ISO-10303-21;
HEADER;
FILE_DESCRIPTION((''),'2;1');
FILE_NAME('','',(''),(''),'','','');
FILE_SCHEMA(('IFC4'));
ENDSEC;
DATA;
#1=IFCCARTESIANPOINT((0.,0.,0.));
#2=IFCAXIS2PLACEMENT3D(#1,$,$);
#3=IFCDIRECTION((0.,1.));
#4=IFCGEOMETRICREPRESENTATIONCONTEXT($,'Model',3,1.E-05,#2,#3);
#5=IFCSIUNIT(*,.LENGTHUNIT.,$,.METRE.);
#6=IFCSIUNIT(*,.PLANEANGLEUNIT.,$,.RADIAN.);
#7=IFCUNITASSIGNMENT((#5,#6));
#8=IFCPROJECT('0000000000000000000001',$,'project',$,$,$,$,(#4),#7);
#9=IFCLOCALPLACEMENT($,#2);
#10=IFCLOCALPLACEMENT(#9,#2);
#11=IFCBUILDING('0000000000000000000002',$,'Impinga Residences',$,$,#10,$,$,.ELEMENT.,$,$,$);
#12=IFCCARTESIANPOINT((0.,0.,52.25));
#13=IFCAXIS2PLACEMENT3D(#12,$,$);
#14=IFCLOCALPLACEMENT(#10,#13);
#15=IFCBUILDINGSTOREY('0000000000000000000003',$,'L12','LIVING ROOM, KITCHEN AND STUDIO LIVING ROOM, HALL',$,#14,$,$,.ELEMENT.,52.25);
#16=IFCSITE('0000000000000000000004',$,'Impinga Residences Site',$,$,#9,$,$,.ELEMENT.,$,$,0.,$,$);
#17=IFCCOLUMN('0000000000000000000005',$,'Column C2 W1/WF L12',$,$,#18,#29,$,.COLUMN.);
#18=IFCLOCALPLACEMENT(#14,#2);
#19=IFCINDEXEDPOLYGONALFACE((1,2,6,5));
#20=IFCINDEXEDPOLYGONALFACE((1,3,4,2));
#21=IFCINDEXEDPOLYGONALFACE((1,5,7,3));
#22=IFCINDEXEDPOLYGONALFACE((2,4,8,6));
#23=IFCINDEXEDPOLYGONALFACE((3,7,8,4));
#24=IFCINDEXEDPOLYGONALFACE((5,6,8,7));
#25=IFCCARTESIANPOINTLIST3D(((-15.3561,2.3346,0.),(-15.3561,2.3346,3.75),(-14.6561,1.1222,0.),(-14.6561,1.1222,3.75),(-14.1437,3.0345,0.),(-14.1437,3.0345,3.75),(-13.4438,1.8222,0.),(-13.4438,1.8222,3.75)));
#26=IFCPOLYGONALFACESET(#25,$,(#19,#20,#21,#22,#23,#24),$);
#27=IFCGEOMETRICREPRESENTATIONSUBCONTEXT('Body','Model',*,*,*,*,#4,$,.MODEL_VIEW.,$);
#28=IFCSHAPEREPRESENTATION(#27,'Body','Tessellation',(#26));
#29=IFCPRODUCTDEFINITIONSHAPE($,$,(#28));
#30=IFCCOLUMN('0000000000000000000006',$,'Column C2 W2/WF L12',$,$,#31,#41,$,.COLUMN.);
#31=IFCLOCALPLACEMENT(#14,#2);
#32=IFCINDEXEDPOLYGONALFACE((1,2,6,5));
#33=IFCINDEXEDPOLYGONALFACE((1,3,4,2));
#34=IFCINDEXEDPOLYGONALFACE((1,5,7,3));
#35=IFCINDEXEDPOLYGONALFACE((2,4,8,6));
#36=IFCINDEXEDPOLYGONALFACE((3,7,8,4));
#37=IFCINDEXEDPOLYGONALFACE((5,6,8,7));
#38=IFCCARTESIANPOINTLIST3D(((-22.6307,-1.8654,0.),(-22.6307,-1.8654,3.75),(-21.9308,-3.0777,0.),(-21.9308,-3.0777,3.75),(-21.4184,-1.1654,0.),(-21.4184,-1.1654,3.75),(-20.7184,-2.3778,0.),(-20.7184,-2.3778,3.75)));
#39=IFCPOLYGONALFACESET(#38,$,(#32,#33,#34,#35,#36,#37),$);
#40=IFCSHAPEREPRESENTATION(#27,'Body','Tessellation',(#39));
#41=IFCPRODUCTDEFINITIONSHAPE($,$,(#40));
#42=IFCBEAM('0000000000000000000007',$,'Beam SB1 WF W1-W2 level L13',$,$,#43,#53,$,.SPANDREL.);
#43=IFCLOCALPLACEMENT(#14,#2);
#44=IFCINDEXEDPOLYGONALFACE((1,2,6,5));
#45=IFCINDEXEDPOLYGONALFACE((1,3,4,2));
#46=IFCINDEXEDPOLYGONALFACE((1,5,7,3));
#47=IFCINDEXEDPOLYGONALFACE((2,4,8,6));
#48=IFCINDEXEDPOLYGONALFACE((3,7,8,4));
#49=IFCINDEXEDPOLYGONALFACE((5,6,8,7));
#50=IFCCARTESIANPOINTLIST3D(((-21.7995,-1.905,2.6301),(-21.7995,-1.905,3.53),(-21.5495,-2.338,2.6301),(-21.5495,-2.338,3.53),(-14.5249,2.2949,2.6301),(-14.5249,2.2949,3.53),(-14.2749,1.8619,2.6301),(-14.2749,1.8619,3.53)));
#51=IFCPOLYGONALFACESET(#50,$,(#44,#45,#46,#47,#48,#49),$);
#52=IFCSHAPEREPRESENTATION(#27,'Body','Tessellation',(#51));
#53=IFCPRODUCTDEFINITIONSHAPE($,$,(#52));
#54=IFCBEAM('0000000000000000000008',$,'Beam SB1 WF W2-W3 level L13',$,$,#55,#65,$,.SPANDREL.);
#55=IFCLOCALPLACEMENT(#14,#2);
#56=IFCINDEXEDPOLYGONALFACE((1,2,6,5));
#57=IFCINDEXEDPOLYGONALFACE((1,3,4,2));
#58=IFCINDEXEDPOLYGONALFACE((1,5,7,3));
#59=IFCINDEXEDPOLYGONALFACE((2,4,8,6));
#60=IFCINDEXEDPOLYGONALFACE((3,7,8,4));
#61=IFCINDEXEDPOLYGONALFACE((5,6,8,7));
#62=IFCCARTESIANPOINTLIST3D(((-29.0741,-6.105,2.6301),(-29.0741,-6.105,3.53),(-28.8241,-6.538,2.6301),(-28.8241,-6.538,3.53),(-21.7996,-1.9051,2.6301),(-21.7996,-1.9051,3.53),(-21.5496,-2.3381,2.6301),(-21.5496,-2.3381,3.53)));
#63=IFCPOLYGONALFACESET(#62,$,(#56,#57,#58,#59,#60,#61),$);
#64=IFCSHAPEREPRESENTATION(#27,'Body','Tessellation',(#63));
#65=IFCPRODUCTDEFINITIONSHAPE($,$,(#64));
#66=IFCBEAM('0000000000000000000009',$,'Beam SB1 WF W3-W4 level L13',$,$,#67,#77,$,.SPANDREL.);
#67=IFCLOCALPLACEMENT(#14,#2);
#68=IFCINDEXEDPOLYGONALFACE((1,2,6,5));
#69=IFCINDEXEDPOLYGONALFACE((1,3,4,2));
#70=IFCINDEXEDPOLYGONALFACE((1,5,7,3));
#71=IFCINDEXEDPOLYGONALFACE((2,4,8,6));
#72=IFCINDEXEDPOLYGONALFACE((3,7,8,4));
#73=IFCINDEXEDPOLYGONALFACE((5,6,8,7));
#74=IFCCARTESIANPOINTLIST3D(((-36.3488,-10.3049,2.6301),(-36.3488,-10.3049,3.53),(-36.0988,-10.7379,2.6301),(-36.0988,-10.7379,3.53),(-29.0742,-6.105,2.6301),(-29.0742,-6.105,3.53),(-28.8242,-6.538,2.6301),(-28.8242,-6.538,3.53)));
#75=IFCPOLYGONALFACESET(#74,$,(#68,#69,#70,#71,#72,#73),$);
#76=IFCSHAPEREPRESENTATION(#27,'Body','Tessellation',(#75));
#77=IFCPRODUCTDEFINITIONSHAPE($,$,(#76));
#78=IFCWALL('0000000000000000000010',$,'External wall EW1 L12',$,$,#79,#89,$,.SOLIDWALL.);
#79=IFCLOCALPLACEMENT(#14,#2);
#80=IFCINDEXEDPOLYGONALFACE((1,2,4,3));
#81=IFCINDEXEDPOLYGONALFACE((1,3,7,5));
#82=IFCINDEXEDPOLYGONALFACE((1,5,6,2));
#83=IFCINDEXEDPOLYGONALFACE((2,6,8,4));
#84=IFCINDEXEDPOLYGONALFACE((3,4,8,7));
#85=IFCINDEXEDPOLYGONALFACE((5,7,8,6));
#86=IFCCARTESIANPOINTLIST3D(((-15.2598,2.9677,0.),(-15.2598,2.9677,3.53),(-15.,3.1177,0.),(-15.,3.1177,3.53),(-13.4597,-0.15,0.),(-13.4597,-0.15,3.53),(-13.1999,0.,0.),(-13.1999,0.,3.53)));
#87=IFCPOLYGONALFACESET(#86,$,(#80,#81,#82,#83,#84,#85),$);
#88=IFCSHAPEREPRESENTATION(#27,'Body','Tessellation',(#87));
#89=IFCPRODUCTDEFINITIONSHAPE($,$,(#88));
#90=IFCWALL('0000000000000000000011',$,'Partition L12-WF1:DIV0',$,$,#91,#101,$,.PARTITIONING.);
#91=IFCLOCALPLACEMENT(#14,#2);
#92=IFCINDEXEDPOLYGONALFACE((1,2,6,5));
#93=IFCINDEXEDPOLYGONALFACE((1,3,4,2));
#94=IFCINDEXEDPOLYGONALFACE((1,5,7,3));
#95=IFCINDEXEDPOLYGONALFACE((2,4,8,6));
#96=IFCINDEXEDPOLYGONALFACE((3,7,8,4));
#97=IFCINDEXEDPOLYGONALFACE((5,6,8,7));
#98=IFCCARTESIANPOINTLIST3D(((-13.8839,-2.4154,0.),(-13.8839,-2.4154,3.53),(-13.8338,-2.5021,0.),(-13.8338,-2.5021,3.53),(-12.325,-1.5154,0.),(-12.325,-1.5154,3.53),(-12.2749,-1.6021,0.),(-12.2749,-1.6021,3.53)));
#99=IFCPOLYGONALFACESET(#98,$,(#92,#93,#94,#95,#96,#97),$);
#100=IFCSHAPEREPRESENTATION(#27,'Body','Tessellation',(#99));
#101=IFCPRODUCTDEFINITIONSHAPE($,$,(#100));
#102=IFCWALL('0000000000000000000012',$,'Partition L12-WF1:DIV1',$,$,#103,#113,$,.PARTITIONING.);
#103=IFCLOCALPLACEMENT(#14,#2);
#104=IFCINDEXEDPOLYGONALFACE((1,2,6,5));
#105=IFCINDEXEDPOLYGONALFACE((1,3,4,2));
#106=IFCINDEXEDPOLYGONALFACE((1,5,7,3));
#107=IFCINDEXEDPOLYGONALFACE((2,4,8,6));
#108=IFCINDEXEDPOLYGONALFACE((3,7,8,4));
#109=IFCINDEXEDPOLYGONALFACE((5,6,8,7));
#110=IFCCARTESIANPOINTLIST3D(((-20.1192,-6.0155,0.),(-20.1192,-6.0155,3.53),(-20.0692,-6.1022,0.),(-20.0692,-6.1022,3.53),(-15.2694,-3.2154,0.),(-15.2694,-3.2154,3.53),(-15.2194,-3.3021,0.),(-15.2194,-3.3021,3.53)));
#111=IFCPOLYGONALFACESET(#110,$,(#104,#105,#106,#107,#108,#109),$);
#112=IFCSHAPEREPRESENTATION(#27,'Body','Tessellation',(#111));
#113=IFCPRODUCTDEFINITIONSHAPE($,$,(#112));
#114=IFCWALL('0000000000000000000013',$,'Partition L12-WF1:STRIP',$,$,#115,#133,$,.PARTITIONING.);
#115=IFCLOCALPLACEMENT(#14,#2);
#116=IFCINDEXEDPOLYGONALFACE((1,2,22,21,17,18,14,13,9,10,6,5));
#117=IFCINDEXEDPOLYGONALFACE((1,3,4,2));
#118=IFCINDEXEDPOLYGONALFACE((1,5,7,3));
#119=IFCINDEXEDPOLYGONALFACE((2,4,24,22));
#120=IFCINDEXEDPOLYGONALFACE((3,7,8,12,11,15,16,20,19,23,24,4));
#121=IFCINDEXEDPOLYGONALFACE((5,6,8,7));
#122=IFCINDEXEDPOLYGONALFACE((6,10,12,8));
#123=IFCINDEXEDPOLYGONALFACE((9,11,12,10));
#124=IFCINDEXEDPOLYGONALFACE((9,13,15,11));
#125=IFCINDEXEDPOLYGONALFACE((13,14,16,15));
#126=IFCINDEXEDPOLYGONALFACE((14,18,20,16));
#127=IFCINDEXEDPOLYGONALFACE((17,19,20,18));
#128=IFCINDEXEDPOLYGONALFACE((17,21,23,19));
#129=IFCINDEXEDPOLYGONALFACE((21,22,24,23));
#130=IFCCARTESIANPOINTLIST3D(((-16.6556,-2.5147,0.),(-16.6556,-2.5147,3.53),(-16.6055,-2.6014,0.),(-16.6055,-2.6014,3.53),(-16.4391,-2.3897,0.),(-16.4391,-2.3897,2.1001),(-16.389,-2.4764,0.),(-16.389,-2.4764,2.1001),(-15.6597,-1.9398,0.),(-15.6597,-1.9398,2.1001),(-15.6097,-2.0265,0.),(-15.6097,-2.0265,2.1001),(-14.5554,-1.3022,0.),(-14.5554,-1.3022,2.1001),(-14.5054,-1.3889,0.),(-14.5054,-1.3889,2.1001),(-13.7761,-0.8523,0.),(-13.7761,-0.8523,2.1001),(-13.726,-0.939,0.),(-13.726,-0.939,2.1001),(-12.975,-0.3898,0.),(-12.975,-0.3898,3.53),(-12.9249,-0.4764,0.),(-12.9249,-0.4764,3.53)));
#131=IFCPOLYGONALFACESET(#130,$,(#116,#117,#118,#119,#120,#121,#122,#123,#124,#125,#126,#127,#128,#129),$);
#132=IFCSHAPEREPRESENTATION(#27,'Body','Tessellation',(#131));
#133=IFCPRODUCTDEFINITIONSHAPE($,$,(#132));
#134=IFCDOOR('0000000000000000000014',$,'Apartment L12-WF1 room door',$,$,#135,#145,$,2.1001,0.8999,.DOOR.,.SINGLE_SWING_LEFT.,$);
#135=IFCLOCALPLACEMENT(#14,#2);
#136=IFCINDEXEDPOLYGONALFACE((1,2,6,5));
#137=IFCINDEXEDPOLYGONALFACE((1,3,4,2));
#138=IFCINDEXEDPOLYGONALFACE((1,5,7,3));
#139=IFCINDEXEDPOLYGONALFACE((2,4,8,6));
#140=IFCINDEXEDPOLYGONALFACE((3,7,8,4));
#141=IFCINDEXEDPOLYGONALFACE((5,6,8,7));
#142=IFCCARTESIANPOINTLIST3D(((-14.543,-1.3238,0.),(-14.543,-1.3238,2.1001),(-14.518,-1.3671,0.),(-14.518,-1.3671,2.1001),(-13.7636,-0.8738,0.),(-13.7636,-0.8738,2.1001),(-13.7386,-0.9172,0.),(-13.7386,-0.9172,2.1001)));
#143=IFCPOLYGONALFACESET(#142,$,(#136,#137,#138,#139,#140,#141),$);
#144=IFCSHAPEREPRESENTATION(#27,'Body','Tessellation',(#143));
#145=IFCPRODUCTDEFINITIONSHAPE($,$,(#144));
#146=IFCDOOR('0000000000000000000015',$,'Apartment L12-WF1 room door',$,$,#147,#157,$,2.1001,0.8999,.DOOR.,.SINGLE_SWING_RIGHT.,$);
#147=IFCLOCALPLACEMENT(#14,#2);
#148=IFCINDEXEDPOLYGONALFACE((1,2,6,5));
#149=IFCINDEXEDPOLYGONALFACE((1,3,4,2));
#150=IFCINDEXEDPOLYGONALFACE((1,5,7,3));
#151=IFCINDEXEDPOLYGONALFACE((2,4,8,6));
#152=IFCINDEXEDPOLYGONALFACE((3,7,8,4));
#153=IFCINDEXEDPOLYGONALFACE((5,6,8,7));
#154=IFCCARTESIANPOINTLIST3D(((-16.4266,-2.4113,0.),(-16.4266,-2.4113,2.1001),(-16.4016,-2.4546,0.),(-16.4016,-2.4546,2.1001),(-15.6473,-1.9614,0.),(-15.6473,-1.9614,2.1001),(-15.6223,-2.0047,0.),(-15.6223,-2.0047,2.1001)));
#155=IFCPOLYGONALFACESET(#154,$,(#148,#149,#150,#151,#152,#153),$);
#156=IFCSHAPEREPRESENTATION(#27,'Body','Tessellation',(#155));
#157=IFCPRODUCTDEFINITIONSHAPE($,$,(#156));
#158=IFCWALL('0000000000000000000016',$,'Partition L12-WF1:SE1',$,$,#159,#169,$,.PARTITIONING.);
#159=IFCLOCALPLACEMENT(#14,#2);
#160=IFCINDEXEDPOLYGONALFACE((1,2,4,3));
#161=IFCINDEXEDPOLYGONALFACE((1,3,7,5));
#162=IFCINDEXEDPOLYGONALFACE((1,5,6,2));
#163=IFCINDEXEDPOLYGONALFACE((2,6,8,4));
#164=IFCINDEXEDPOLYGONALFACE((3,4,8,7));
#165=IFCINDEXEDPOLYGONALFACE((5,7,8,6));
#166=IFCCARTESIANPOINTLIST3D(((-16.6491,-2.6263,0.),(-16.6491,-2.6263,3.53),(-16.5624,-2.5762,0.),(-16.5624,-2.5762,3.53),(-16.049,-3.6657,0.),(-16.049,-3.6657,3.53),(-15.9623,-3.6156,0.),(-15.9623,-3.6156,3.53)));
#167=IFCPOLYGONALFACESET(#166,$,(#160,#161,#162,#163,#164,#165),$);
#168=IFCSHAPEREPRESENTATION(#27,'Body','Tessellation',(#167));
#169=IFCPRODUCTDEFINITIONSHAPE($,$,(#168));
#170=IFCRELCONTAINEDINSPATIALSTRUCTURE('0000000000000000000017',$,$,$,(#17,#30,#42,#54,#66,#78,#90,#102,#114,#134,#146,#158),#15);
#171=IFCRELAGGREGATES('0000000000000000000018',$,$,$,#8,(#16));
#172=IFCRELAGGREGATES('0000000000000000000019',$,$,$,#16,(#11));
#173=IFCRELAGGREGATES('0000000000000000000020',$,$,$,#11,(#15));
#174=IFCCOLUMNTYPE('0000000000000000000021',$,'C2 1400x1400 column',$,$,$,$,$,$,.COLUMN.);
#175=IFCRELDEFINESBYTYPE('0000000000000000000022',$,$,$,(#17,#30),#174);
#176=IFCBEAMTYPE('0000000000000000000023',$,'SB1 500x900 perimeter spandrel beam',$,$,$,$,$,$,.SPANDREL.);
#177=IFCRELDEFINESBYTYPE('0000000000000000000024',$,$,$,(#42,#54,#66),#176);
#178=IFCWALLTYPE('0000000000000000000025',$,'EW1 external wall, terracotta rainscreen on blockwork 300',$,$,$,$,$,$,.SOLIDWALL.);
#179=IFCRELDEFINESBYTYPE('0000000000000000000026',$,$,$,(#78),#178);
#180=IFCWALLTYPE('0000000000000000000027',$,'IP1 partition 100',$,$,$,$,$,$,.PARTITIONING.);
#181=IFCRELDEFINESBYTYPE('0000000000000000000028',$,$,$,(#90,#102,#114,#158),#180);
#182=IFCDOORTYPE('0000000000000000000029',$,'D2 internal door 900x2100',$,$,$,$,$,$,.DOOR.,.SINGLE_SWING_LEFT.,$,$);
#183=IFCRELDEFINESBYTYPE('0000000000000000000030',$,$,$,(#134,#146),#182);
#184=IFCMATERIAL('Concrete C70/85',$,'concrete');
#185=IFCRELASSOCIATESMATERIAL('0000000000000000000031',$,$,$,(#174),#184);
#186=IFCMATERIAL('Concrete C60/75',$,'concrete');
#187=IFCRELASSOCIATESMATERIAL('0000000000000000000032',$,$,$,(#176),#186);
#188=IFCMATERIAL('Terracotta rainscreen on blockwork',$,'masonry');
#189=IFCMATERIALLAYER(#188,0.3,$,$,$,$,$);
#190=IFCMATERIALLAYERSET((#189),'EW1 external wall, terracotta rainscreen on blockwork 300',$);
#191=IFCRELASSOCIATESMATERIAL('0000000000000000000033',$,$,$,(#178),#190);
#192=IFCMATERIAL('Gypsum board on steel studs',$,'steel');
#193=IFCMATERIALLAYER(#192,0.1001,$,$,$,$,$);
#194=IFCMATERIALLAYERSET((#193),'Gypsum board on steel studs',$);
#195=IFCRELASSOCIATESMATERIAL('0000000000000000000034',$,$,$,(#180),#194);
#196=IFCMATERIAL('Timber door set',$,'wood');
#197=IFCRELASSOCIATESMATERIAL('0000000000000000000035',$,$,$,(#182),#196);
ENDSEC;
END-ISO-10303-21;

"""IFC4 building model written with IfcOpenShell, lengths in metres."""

from ifc_helpers import new_model, si_unit, direction, frame, frame_2d, origin, origin_2d, place, context, subcontext, project, spatial, rectangle, extrude, material, layer, layer_set, material_profile, profile_set, type_object, element, fill, save


model = new_model("IFC4")

# Units and contexts
model_context = context("Model", 3, precision=1e-05, world=origin(), true_north=direction((0.0, 1.0)))
body_context = subcontext(model_context, "Body", "Model", "MODEL_VIEW")
ifc_project = project(units=[si_unit("LENGTHUNIT", "METRE"), si_unit("PLANEANGLEUNIT", "RADIAN")], contexts=[model_context])

# Site, building, storey
site_placement = place(None, origin())
site = spatial("IfcSite", under=ifc_project, at=site_placement, Name="Impinga Residences Site", CompositionType="ELEMENT", RefElevation=0.0)
building_placement = place(site_placement, origin())
building = spatial("IfcBuilding", under=site, at=building_placement, Name="Impinga Residences", CompositionType="ELEMENT")
storey_placement = place(building_placement, frame((0.0, 0.0, 52.25)))
storey = spatial("IfcBuildingStorey", under=building, at=storey_placement, Name="L12", Description="LIVING ROOM, KITCHEN AND STUDIO LIVING ROOM, HALL", CompositionType="ELEMENT", Elevation=52.25)

# Columns
ifc_material_1 = material(Name="Concrete C70/85", Category="concrete")
ifc_material_profile_1 = material_profile(ifc_material_1, rectangle(XDim=1.3999, YDim=1.3999, at=origin_2d()), Name="RC 1400x1400")
ifc_profile_set_1 = profile_set([ifc_material_profile_1], Name="Concrete C70/85")
column_type = type_object("IfcColumnType", Name="C2 1400x1400 column", PredefinedType="COLUMN", material=ifc_profile_set_1)
for number, where, z_axis, x_axis, name in (
    (1, (-14.3999, 2.0784, 0.0), (0.0, 0.0, 1.0), (-0.5, 0.866025, 0.0), "Column C2 W1/WF L12"),
    (2, (-21.6746, -2.1216, 0.0), (0.0, 0.0, 1.0), (-0.5, 0.866025, 0.0), "Column C2 W2/WF L12"),
):
    element("IfcColumn", number, at=place(storey_placement, frame(where, z_axis=z_axis, x_axis=x_axis)), inside=storey, type_object=column_type, Name=name, PredefinedType="COLUMN", context=body_context, shape_type="SweptSolid", body=[
        extrude(rectangle(XDim=1.3999, YDim=1.3999, at=origin_2d()), origin(), (0.0, 0.0, 1.0), 3.75),
    ])

# Beams
ifc_material_2 = material(Name="Concrete C60/75", Category="concrete")
ifc_material_profile_2 = material_profile(ifc_material_2, rectangle(XDim=0.5, YDim=0.8999, at=origin_2d()), Name="RC 500x900")
ifc_profile_set_2 = profile_set([ifc_material_profile_2], Name="Concrete C60/75")
beam_type = type_object("IfcBeamType", Name="SB1 500x900 perimeter spandrel beam", PredefinedType="SPANDREL", material=ifc_profile_set_2)
for number, where, z_axis, x_axis, name in (
    (3, (-14.3999, 2.0784, 3.0801), (-0.866029, -0.499993, 0.0), (0.499993, -0.866029, 0.0), "Beam SB1 WF W1-W2 level L13"),
    (4, (-21.6746, -2.1216, 3.0801), (-0.866029, -0.499993, 0.0), (0.499993, -0.866029, 0.0), "Beam SB1 WF W2-W3 level L13"),
    (5, (-28.9492, -6.3215, 3.0801), (-0.866029, -0.499993, 0.0), (0.499993, -0.866029, 0.0), "Beam SB1 WF W3-W4 level L13"),
):
    element("IfcBeam", number, at=place(storey_placement, frame(where, z_axis=z_axis, x_axis=x_axis)), inside=storey, type_object=beam_type, Name=name, PredefinedType="SPANDREL", context=body_context, shape_type="SweptSolid", body=[
        extrude(rectangle(XDim=0.5, YDim=0.8999, at=origin_2d()), origin(), (0.0, 0.0, 1.0), 8.3999),
    ])

# Walls
ifc_material_3 = material(Name="Terracotta rainscreen on blockwork", Category="masonry")
ifc_layer_1 = layer(ifc_material_3, 0.3)
ifc_layer_set_1 = layer_set([ifc_layer_1], Name="EW1 external wall, terracotta rainscreen on blockwork 300")
wall_type_1 = type_object("IfcWallType", Name="EW1 external wall, terracotta rainscreen on blockwork 300", PredefinedType="SOLIDWALL", material=ifc_layer_set_1)
wall_1_placement = place(storey_placement, frame((-15.1299, 3.0427, 0.0), z_axis=(0.0, 0.0, 1.0), x_axis=(0.500012, -0.866018, 0.0)))
element("IfcWall", 6, at=wall_1_placement, inside=storey, type_object=wall_type_1, Name="External wall EW1 L12", PredefinedType="SOLIDWALL", context=body_context, shape_type="SweptSolid", body=[
    extrude(rectangle(XDim=3.6001, YDim=0.3, at=frame_2d((1.8, 0.0))), origin(), (0.0, 0.0, 1.0), 3.53),
])
ifc_material_4 = material(Name="Gypsum board on steel studs", Category="steel")
ifc_layer_2 = layer(ifc_material_4, 0.1001)
ifc_layer_set_2 = layer_set([ifc_layer_2], Name="Gypsum board on steel studs")
wall_type_2 = type_object("IfcWallType", Name="IP1 partition 100", PredefinedType="PARTITIONING", material=ifc_layer_set_2)
wall_2_placement = place(storey_placement, frame((-12.3, -1.5588, 0.0), z_axis=(0.0, 0.0, 1.0), x_axis=(-0.866048, -0.499961, 0.0)))
element("IfcWall", 7, at=wall_2_placement, inside=storey, type_object=wall_type_2, Name="Partition L12-WF1:DIV0", PredefinedType="PARTITIONING", context=body_context, shape_type="SweptSolid", body=[
    extrude(rectangle(XDim=1.8, YDim=0.1001, at=frame_2d((0.8999, 0.0))), origin(), (0.0, 0.0, 1.0), 3.53),
])
wall_3_placement = place(storey_placement, frame((-15.2444, -3.2588, 0.0), z_axis=(0.0, 0.0, 1.0), x_axis=(-0.866027, -0.499998, 0.0)))
element("IfcWall", 8, at=wall_3_placement, inside=storey, type_object=wall_type_2, Name="Partition L12-WF1:DIV1", PredefinedType="PARTITIONING", context=body_context, shape_type="SweptSolid", body=[
    extrude(rectangle(XDim=5.6001, YDim=0.1001, at=frame_2d((2.8, 0.0))), origin(), (0.0, 0.0, 1.0), 3.53),
])

# Wall, openings, doors
wall_4_placement = place(storey_placement, frame((-12.95, -0.4331, 0.0), z_axis=(0.0, 0.0, 1.0), x_axis=(-0.866029, -0.499994, 0.0)))
wall_4 = element("IfcWall", 9, at=wall_4_placement, inside=storey, type_object=wall_type_2, Name="Partition L12-WF1:STRIP", PredefinedType="PARTITIONING", context=body_context, shape_type="SweptSolid", body=[
    extrude(rectangle(XDim=4.25, YDim=0.1001, at=frame_2d((2.125, 0.0))), origin(), (0.0, 0.0, 1.0), 3.53),
])
opening_1_placement = place(wall_4_placement, frame((0.925, 0.0, 0.0)))
opening_1 = element("IfcOpeningElement", 10, at=opening_1_placement, cuts=wall_4, PredefinedType="OPENING", context=body_context, shape_type="SweptSolid", body=[
    extrude(rectangle(XDim=0.8999, YDim=2.1001, at=frame_2d((0.45, 1.05))), frame((0.0, 0.0601, 0.0), z_axis=(0.0, -1.0, 0.0), x_axis=(1.0, 0.0, 0.0)), (0.0, 0.0, 1.0), 0.1201),
])
opening_2_placement = place(wall_4_placement, frame((3.1001, 0.0, 0.0)))
opening_2 = element("IfcOpeningElement", 11, at=opening_2_placement, cuts=wall_4, PredefinedType="OPENING", context=body_context, shape_type="SweptSolid", body=[
    extrude(rectangle(XDim=0.8999, YDim=2.1001, at=frame_2d((0.45, 1.05))), frame((0.0, 0.0601, 0.0), z_axis=(0.0, -1.0, 0.0), x_axis=(1.0, 0.0, 0.0)), (0.0, 0.0, 1.0), 0.1201),
])
ifc_material_5 = material(Name="Timber door set", Category="wood")
door_type = type_object("IfcDoorType", Name="D2 internal door 900x2100", OperationType="SINGLE_SWING_LEFT", PredefinedType="DOOR", material=ifc_material_5)
door_1_placement = place(opening_1_placement, origin())
door_1 = element("IfcDoor", 12, at=door_1_placement, inside=storey, type_object=door_type, Name="Apartment L12-WF1 room door", OperationType="SINGLE_SWING_LEFT", OverallHeight=2.1001, OverallWidth=0.8999, PredefinedType="DOOR", context=body_context, shape_type="SweptSolid", body=[
    extrude(rectangle(XDim=0.8999, YDim=2.1001, at=frame_2d((0.45, 1.05))), frame((0.0, 0.0249, 0.0), z_axis=(0.0, -1.0, 0.0), x_axis=(1.0, 0.0, 0.0)), (0.0, 0.0, 1.0), 0.05),
])
fill(opening_1, door_1)
door_2_placement = place(opening_2_placement, origin())
door_2 = element("IfcDoor", 13, at=door_2_placement, inside=storey, type_object=door_type, Name="Apartment L12-WF1 room door", OperationType="SINGLE_SWING_RIGHT", OverallHeight=2.1001, OverallWidth=0.8999, PredefinedType="DOOR", context=body_context, shape_type="SweptSolid", body=[
    extrude(rectangle(XDim=0.8999, YDim=2.1001, at=frame_2d((0.45, 1.05))), frame((0.0, 0.0249, 0.0), z_axis=(0.0, -1.0, 0.0), x_axis=(1.0, 0.0, 0.0)), (0.0, 0.0, 1.0), 0.05),
])
fill(opening_2, door_2)

# Wall
wall_5_placement = place(storey_placement, frame((-16.0056, -3.6406, 0.0), z_axis=(0.0, 0.0, 1.0), x_axis=(-0.500034, 0.866006, 0.0)))
element("IfcWall", 14, at=wall_5_placement, inside=storey, type_object=wall_type_2, Name="Partition L12-WF1:SE1", PredefinedType="PARTITIONING", context=body_context, shape_type="SweptSolid", body=[
    extrude(rectangle(XDim=1.2002, YDim=0.1001, at=frame_2d((0.6001, 0.0))), origin(), (0.0, 0.0, 1.0), 3.53),
])

save(model, "model.ifc")
